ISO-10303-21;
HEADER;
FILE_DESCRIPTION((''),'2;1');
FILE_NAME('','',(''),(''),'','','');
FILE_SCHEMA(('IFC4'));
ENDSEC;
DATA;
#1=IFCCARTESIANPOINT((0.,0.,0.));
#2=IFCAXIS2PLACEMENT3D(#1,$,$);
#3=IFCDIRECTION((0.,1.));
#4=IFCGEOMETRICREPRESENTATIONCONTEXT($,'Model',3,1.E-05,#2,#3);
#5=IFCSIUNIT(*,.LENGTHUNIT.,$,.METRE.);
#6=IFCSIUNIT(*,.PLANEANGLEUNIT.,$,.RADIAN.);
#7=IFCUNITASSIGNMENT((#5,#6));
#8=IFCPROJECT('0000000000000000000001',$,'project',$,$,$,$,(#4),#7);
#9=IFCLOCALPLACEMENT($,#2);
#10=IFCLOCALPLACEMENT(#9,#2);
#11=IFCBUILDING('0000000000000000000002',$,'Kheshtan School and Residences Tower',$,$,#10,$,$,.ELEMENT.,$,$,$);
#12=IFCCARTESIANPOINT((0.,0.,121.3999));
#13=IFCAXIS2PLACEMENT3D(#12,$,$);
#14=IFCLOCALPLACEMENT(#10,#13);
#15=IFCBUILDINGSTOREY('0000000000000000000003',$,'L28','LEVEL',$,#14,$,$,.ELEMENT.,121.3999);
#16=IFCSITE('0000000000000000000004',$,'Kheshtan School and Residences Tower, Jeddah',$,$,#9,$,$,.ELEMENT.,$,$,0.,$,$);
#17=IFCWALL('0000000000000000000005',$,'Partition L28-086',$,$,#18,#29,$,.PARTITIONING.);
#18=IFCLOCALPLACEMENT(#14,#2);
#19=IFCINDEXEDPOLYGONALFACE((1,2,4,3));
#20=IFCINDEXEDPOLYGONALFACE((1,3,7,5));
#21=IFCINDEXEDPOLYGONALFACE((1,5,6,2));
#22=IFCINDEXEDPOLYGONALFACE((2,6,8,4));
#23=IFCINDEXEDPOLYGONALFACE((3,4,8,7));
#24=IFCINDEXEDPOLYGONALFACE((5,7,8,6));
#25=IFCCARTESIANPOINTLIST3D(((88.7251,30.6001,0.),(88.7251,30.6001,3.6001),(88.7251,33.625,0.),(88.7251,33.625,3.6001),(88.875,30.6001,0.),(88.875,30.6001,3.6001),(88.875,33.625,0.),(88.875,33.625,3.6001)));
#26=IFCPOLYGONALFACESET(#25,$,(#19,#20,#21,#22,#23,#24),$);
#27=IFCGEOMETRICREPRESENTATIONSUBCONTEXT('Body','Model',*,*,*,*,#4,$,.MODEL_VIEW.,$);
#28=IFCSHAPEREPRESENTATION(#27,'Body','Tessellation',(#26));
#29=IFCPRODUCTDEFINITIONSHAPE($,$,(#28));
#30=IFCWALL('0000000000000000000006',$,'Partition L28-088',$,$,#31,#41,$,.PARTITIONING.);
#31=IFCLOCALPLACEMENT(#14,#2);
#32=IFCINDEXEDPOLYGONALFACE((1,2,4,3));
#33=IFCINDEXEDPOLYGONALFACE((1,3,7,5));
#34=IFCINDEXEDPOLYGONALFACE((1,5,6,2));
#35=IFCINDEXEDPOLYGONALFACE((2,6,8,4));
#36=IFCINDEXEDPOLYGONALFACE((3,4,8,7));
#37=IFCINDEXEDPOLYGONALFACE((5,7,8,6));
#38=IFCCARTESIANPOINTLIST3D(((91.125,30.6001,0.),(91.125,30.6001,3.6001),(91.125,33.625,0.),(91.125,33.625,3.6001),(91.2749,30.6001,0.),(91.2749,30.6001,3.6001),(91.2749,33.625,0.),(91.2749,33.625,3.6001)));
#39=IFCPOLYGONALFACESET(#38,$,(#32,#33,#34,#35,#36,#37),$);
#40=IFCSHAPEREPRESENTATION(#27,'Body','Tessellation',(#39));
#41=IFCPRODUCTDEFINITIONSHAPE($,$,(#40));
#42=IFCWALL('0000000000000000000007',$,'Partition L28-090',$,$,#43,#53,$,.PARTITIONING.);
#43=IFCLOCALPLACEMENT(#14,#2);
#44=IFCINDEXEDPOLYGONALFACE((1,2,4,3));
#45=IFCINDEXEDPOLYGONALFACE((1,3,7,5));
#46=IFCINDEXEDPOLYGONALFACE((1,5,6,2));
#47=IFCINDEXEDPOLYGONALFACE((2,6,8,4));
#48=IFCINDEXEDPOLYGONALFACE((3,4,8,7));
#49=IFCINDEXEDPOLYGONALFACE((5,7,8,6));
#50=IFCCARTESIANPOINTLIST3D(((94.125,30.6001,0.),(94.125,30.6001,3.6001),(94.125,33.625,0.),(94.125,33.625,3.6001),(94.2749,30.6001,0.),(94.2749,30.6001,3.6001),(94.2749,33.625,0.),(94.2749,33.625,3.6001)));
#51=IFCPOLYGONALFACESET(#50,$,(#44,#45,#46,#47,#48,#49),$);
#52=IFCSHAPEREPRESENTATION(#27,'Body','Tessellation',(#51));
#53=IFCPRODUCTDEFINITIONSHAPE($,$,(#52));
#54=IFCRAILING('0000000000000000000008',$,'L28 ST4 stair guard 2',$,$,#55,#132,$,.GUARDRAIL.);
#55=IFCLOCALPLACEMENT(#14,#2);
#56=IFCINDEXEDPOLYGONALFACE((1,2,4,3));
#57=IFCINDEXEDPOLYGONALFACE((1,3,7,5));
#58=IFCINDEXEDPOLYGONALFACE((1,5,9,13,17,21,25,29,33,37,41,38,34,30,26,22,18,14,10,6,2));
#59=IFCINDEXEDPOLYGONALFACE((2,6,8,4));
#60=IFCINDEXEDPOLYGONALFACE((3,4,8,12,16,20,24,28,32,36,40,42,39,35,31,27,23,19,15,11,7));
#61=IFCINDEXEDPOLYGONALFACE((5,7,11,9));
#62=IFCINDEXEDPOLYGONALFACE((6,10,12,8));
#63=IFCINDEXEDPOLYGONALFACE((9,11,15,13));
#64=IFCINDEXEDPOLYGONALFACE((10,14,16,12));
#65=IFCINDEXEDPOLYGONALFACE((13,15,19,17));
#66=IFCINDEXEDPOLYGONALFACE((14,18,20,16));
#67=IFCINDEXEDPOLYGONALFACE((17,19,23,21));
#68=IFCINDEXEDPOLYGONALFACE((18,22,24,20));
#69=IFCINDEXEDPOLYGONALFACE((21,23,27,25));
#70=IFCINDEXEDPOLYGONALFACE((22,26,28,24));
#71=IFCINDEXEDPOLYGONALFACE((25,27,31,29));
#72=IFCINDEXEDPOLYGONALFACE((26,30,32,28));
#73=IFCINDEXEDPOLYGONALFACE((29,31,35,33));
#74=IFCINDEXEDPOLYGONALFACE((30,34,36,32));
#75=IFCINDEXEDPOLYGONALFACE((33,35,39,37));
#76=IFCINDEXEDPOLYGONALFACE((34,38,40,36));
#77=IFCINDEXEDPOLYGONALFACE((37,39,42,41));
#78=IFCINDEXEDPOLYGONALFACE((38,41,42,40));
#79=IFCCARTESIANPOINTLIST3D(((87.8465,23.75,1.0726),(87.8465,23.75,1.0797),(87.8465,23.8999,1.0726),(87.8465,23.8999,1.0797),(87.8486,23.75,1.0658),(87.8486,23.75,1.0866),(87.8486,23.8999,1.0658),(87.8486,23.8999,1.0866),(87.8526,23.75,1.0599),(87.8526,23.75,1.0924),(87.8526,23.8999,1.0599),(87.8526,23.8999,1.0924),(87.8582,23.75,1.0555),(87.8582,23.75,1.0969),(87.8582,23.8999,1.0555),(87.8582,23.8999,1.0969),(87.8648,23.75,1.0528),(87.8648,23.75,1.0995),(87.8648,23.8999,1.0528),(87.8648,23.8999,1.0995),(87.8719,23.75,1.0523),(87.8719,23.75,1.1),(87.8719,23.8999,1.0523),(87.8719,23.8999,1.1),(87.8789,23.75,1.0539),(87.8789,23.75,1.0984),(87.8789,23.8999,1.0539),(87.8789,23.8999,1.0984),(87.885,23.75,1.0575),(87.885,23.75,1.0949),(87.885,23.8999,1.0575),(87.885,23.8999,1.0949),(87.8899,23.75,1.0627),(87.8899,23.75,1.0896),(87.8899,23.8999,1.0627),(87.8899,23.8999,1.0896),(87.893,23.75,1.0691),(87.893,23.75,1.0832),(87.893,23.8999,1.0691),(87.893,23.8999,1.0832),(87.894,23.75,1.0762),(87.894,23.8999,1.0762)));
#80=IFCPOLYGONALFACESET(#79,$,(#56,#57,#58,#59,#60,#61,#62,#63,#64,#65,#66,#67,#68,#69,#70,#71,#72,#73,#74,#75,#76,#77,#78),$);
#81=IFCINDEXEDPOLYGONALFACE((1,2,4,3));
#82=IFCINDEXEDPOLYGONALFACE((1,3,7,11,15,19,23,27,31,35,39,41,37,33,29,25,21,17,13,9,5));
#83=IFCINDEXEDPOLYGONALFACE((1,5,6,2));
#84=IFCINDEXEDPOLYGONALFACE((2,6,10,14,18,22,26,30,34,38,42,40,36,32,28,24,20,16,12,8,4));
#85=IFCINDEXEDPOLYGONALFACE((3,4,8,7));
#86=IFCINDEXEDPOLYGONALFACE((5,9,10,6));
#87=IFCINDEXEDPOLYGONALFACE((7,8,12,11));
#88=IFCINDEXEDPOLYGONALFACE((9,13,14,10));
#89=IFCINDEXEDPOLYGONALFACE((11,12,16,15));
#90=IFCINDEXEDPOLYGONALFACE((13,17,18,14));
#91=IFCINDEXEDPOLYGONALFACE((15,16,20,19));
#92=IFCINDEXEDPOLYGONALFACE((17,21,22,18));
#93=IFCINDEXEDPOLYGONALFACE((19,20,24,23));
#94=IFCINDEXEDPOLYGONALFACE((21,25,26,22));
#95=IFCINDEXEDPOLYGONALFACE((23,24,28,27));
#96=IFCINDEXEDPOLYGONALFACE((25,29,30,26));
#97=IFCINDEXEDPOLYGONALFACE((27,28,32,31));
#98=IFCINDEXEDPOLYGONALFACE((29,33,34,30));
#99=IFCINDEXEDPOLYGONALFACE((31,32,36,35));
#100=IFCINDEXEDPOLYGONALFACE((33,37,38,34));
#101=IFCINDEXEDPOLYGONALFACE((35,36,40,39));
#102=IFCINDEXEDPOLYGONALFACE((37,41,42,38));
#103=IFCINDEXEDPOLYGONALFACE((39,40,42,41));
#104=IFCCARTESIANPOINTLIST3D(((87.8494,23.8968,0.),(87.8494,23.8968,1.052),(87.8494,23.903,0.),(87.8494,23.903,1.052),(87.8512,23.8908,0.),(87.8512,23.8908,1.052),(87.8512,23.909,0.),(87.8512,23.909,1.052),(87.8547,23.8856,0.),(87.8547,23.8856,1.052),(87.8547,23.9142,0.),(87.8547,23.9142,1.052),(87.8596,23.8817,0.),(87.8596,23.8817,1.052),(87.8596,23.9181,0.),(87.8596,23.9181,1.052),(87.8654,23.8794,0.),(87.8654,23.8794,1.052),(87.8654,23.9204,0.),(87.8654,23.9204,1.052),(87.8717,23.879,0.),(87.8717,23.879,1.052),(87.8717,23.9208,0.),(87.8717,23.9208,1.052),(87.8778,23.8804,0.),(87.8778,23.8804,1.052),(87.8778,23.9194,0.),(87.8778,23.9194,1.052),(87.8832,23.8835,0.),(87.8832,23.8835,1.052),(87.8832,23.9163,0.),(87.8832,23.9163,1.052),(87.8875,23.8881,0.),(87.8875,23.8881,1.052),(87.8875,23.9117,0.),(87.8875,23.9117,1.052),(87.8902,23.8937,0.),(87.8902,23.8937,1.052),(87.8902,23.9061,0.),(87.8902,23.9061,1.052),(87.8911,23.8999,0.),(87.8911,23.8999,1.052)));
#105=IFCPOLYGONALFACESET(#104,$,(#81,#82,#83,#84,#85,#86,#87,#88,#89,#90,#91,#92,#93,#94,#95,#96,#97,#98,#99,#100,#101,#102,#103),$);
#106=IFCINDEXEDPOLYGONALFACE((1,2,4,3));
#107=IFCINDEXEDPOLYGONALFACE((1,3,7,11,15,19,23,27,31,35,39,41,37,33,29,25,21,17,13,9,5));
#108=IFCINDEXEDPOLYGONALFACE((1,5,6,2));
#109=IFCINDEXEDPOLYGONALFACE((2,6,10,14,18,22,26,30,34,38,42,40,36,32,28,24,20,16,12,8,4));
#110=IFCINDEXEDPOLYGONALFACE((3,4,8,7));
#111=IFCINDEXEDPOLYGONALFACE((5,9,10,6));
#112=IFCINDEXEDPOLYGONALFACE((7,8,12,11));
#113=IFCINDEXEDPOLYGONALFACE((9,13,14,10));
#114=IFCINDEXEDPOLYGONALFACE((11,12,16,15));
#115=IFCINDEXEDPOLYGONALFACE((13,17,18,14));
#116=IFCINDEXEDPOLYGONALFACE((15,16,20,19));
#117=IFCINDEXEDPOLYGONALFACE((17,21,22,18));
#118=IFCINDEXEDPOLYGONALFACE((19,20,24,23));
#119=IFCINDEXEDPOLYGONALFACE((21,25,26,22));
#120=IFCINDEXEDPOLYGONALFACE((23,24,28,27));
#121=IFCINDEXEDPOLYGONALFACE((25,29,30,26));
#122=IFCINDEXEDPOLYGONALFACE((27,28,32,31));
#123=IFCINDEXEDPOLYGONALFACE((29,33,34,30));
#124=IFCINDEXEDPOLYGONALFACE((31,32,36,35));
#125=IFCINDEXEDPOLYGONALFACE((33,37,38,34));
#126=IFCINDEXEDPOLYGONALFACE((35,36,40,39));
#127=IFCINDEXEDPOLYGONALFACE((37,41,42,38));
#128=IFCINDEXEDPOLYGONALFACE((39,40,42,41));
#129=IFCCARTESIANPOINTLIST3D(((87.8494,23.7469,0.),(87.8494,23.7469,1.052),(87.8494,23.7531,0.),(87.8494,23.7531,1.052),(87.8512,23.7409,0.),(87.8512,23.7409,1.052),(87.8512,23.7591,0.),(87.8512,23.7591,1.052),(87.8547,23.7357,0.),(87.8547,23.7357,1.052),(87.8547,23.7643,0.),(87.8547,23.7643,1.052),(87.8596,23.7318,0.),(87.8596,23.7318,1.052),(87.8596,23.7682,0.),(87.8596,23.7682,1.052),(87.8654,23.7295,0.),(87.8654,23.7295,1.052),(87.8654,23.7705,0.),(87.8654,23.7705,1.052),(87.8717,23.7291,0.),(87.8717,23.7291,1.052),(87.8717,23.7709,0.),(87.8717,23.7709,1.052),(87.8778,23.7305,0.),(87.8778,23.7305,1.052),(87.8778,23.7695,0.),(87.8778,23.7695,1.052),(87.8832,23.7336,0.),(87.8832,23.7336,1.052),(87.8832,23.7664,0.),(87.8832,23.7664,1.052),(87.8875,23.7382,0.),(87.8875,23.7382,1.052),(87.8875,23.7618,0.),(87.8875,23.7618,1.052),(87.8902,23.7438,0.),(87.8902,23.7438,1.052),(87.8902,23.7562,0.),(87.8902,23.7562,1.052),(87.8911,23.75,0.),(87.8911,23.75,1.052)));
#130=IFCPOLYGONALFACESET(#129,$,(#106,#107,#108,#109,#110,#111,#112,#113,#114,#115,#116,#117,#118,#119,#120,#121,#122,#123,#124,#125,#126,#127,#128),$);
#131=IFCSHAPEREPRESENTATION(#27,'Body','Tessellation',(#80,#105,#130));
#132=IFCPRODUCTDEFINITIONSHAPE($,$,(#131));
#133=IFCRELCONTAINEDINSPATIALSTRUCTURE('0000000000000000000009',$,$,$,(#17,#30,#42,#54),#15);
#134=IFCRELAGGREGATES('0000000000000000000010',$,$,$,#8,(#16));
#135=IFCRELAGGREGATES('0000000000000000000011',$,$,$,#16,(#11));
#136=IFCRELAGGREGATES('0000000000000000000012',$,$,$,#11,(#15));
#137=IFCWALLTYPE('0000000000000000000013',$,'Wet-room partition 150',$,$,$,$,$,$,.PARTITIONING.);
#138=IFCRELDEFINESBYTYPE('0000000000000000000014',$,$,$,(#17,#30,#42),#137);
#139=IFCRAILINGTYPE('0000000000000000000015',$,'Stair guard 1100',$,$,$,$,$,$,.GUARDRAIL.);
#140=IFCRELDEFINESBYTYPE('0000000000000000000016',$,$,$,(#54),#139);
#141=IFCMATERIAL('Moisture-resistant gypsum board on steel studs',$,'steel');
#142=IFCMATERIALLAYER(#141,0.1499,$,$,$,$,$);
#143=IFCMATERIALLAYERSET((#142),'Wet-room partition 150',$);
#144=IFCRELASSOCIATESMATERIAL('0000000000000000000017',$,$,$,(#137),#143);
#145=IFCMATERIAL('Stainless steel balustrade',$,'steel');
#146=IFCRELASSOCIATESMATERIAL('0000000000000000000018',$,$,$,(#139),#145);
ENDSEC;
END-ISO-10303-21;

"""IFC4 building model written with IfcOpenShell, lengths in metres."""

from ifc_helpers import new_model, si_unit, direction, frame, frame_2d, origin, origin_2d, place, context, subcontext, project, spatial, rectangle, circle, extrude, material, layer, layer_set, type_object, element, save


model = new_model("IFC4")

# Units and contexts
model_context = context("Model", 3, precision=1e-05, world=origin(), true_north=direction((0.0, 1.0)))
body_context = subcontext(model_context, "Body", "Model", "MODEL_VIEW")
ifc_project = project(units=[si_unit("LENGTHUNIT", "METRE"), si_unit("PLANEANGLEUNIT", "RADIAN")], contexts=[model_context])

# Site, building, storey
site_placement = place(None, origin())
site = spatial("IfcSite", under=ifc_project, at=site_placement, Name="Kheshtan School and Residences Tower, Jeddah", CompositionType="ELEMENT", RefElevation=0.0)
building_placement = place(site_placement, origin())
building = spatial("IfcBuilding", under=site, at=building_placement, Name="Kheshtan School and Residences Tower", CompositionType="ELEMENT")
storey_placement = place(building_placement, frame((0.0, 0.0, 121.3999)))
storey = spatial("IfcBuildingStorey", under=building, at=storey_placement, Name="L28", Description="LEVEL", CompositionType="ELEMENT", Elevation=121.3999)

# Walls
ifc_material_1 = material(Name="Moisture-resistant gypsum board on steel studs", Category="steel")
ifc_layer_1 = layer(ifc_material_1, 0.1499)
ifc_layer_set_1 = layer_set([ifc_layer_1], Name="Wet-room partition 150")
wall_type_1 = type_object("IfcWallType", Name="Wet-room partition 150", PredefinedType="PARTITIONING", material=ifc_layer_set_1)
for number, where, z_axis, x_axis, name in (
    (1, (88.8, 30.6001, 0.0), (0.0, 0.0, 1.0), (0.0, 1.0, 0.0), "Partition L28-086"),
    (2, (91.2, 30.6001, 0.0), (0.0, 0.0, 1.0), (0.0, 1.0, 0.0), "Partition L28-088"),
    (3, (94.2, 30.6001, 0.0), (0.0, 0.0, 1.0), (0.0, 1.0, 0.0), "Partition L28-090"),
):
    element("IfcWall", number, at=place(storey_placement, frame(where, z_axis=z_axis, x_axis=x_axis)), inside=storey, type_object=wall_type_1, Name=name, PredefinedType="PARTITIONING", context=body_context, shape_type="SweptSolid", body=[
        extrude(rectangle(XDim=3.0249, YDim=0.1499, at=frame_2d((1.5125, 0.0))), origin(), (0.0, 0.0, 1.0), 3.6001),
    ])

# Railing
ifc_material_2 = material(Name="Stainless steel balustrade", Category="steel")
railing_type_1 = type_object("IfcRailingType", Name="Stair guard 1100", PredefinedType="GUARDRAIL", material=ifc_material_2)
railing_1_placement = place(storey_placement, frame((87.8701, 23.8999, 0.0)))
element("IfcRailing", 4, at=railing_1_placement, inside=storey, type_object=railing_type_1, Name="L28 ST4 stair guard 2", PredefinedType="GUARDRAIL", context=body_context, shape_type="SweptSolid", body=[
    extrude(circle(Radius=0.0239, at=origin_2d()), frame((0.0, 0.0, 1.0762), z_axis=(0.0, -1.0, 0.0), x_axis=(1.0, 0.0, 0.0)), (0.0, 0.0, 1.0), 0.1499),
    extrude(circle(Radius=0.021, at=origin_2d()), origin(), (0.0, 0.0, 1.0), 1.052),
    extrude(circle(Radius=0.021, at=origin_2d()), frame((0.0, -0.1499, 0.0)), (0.0, 0.0, 1.0), 1.052),
])

save(model, "model.ifc")
